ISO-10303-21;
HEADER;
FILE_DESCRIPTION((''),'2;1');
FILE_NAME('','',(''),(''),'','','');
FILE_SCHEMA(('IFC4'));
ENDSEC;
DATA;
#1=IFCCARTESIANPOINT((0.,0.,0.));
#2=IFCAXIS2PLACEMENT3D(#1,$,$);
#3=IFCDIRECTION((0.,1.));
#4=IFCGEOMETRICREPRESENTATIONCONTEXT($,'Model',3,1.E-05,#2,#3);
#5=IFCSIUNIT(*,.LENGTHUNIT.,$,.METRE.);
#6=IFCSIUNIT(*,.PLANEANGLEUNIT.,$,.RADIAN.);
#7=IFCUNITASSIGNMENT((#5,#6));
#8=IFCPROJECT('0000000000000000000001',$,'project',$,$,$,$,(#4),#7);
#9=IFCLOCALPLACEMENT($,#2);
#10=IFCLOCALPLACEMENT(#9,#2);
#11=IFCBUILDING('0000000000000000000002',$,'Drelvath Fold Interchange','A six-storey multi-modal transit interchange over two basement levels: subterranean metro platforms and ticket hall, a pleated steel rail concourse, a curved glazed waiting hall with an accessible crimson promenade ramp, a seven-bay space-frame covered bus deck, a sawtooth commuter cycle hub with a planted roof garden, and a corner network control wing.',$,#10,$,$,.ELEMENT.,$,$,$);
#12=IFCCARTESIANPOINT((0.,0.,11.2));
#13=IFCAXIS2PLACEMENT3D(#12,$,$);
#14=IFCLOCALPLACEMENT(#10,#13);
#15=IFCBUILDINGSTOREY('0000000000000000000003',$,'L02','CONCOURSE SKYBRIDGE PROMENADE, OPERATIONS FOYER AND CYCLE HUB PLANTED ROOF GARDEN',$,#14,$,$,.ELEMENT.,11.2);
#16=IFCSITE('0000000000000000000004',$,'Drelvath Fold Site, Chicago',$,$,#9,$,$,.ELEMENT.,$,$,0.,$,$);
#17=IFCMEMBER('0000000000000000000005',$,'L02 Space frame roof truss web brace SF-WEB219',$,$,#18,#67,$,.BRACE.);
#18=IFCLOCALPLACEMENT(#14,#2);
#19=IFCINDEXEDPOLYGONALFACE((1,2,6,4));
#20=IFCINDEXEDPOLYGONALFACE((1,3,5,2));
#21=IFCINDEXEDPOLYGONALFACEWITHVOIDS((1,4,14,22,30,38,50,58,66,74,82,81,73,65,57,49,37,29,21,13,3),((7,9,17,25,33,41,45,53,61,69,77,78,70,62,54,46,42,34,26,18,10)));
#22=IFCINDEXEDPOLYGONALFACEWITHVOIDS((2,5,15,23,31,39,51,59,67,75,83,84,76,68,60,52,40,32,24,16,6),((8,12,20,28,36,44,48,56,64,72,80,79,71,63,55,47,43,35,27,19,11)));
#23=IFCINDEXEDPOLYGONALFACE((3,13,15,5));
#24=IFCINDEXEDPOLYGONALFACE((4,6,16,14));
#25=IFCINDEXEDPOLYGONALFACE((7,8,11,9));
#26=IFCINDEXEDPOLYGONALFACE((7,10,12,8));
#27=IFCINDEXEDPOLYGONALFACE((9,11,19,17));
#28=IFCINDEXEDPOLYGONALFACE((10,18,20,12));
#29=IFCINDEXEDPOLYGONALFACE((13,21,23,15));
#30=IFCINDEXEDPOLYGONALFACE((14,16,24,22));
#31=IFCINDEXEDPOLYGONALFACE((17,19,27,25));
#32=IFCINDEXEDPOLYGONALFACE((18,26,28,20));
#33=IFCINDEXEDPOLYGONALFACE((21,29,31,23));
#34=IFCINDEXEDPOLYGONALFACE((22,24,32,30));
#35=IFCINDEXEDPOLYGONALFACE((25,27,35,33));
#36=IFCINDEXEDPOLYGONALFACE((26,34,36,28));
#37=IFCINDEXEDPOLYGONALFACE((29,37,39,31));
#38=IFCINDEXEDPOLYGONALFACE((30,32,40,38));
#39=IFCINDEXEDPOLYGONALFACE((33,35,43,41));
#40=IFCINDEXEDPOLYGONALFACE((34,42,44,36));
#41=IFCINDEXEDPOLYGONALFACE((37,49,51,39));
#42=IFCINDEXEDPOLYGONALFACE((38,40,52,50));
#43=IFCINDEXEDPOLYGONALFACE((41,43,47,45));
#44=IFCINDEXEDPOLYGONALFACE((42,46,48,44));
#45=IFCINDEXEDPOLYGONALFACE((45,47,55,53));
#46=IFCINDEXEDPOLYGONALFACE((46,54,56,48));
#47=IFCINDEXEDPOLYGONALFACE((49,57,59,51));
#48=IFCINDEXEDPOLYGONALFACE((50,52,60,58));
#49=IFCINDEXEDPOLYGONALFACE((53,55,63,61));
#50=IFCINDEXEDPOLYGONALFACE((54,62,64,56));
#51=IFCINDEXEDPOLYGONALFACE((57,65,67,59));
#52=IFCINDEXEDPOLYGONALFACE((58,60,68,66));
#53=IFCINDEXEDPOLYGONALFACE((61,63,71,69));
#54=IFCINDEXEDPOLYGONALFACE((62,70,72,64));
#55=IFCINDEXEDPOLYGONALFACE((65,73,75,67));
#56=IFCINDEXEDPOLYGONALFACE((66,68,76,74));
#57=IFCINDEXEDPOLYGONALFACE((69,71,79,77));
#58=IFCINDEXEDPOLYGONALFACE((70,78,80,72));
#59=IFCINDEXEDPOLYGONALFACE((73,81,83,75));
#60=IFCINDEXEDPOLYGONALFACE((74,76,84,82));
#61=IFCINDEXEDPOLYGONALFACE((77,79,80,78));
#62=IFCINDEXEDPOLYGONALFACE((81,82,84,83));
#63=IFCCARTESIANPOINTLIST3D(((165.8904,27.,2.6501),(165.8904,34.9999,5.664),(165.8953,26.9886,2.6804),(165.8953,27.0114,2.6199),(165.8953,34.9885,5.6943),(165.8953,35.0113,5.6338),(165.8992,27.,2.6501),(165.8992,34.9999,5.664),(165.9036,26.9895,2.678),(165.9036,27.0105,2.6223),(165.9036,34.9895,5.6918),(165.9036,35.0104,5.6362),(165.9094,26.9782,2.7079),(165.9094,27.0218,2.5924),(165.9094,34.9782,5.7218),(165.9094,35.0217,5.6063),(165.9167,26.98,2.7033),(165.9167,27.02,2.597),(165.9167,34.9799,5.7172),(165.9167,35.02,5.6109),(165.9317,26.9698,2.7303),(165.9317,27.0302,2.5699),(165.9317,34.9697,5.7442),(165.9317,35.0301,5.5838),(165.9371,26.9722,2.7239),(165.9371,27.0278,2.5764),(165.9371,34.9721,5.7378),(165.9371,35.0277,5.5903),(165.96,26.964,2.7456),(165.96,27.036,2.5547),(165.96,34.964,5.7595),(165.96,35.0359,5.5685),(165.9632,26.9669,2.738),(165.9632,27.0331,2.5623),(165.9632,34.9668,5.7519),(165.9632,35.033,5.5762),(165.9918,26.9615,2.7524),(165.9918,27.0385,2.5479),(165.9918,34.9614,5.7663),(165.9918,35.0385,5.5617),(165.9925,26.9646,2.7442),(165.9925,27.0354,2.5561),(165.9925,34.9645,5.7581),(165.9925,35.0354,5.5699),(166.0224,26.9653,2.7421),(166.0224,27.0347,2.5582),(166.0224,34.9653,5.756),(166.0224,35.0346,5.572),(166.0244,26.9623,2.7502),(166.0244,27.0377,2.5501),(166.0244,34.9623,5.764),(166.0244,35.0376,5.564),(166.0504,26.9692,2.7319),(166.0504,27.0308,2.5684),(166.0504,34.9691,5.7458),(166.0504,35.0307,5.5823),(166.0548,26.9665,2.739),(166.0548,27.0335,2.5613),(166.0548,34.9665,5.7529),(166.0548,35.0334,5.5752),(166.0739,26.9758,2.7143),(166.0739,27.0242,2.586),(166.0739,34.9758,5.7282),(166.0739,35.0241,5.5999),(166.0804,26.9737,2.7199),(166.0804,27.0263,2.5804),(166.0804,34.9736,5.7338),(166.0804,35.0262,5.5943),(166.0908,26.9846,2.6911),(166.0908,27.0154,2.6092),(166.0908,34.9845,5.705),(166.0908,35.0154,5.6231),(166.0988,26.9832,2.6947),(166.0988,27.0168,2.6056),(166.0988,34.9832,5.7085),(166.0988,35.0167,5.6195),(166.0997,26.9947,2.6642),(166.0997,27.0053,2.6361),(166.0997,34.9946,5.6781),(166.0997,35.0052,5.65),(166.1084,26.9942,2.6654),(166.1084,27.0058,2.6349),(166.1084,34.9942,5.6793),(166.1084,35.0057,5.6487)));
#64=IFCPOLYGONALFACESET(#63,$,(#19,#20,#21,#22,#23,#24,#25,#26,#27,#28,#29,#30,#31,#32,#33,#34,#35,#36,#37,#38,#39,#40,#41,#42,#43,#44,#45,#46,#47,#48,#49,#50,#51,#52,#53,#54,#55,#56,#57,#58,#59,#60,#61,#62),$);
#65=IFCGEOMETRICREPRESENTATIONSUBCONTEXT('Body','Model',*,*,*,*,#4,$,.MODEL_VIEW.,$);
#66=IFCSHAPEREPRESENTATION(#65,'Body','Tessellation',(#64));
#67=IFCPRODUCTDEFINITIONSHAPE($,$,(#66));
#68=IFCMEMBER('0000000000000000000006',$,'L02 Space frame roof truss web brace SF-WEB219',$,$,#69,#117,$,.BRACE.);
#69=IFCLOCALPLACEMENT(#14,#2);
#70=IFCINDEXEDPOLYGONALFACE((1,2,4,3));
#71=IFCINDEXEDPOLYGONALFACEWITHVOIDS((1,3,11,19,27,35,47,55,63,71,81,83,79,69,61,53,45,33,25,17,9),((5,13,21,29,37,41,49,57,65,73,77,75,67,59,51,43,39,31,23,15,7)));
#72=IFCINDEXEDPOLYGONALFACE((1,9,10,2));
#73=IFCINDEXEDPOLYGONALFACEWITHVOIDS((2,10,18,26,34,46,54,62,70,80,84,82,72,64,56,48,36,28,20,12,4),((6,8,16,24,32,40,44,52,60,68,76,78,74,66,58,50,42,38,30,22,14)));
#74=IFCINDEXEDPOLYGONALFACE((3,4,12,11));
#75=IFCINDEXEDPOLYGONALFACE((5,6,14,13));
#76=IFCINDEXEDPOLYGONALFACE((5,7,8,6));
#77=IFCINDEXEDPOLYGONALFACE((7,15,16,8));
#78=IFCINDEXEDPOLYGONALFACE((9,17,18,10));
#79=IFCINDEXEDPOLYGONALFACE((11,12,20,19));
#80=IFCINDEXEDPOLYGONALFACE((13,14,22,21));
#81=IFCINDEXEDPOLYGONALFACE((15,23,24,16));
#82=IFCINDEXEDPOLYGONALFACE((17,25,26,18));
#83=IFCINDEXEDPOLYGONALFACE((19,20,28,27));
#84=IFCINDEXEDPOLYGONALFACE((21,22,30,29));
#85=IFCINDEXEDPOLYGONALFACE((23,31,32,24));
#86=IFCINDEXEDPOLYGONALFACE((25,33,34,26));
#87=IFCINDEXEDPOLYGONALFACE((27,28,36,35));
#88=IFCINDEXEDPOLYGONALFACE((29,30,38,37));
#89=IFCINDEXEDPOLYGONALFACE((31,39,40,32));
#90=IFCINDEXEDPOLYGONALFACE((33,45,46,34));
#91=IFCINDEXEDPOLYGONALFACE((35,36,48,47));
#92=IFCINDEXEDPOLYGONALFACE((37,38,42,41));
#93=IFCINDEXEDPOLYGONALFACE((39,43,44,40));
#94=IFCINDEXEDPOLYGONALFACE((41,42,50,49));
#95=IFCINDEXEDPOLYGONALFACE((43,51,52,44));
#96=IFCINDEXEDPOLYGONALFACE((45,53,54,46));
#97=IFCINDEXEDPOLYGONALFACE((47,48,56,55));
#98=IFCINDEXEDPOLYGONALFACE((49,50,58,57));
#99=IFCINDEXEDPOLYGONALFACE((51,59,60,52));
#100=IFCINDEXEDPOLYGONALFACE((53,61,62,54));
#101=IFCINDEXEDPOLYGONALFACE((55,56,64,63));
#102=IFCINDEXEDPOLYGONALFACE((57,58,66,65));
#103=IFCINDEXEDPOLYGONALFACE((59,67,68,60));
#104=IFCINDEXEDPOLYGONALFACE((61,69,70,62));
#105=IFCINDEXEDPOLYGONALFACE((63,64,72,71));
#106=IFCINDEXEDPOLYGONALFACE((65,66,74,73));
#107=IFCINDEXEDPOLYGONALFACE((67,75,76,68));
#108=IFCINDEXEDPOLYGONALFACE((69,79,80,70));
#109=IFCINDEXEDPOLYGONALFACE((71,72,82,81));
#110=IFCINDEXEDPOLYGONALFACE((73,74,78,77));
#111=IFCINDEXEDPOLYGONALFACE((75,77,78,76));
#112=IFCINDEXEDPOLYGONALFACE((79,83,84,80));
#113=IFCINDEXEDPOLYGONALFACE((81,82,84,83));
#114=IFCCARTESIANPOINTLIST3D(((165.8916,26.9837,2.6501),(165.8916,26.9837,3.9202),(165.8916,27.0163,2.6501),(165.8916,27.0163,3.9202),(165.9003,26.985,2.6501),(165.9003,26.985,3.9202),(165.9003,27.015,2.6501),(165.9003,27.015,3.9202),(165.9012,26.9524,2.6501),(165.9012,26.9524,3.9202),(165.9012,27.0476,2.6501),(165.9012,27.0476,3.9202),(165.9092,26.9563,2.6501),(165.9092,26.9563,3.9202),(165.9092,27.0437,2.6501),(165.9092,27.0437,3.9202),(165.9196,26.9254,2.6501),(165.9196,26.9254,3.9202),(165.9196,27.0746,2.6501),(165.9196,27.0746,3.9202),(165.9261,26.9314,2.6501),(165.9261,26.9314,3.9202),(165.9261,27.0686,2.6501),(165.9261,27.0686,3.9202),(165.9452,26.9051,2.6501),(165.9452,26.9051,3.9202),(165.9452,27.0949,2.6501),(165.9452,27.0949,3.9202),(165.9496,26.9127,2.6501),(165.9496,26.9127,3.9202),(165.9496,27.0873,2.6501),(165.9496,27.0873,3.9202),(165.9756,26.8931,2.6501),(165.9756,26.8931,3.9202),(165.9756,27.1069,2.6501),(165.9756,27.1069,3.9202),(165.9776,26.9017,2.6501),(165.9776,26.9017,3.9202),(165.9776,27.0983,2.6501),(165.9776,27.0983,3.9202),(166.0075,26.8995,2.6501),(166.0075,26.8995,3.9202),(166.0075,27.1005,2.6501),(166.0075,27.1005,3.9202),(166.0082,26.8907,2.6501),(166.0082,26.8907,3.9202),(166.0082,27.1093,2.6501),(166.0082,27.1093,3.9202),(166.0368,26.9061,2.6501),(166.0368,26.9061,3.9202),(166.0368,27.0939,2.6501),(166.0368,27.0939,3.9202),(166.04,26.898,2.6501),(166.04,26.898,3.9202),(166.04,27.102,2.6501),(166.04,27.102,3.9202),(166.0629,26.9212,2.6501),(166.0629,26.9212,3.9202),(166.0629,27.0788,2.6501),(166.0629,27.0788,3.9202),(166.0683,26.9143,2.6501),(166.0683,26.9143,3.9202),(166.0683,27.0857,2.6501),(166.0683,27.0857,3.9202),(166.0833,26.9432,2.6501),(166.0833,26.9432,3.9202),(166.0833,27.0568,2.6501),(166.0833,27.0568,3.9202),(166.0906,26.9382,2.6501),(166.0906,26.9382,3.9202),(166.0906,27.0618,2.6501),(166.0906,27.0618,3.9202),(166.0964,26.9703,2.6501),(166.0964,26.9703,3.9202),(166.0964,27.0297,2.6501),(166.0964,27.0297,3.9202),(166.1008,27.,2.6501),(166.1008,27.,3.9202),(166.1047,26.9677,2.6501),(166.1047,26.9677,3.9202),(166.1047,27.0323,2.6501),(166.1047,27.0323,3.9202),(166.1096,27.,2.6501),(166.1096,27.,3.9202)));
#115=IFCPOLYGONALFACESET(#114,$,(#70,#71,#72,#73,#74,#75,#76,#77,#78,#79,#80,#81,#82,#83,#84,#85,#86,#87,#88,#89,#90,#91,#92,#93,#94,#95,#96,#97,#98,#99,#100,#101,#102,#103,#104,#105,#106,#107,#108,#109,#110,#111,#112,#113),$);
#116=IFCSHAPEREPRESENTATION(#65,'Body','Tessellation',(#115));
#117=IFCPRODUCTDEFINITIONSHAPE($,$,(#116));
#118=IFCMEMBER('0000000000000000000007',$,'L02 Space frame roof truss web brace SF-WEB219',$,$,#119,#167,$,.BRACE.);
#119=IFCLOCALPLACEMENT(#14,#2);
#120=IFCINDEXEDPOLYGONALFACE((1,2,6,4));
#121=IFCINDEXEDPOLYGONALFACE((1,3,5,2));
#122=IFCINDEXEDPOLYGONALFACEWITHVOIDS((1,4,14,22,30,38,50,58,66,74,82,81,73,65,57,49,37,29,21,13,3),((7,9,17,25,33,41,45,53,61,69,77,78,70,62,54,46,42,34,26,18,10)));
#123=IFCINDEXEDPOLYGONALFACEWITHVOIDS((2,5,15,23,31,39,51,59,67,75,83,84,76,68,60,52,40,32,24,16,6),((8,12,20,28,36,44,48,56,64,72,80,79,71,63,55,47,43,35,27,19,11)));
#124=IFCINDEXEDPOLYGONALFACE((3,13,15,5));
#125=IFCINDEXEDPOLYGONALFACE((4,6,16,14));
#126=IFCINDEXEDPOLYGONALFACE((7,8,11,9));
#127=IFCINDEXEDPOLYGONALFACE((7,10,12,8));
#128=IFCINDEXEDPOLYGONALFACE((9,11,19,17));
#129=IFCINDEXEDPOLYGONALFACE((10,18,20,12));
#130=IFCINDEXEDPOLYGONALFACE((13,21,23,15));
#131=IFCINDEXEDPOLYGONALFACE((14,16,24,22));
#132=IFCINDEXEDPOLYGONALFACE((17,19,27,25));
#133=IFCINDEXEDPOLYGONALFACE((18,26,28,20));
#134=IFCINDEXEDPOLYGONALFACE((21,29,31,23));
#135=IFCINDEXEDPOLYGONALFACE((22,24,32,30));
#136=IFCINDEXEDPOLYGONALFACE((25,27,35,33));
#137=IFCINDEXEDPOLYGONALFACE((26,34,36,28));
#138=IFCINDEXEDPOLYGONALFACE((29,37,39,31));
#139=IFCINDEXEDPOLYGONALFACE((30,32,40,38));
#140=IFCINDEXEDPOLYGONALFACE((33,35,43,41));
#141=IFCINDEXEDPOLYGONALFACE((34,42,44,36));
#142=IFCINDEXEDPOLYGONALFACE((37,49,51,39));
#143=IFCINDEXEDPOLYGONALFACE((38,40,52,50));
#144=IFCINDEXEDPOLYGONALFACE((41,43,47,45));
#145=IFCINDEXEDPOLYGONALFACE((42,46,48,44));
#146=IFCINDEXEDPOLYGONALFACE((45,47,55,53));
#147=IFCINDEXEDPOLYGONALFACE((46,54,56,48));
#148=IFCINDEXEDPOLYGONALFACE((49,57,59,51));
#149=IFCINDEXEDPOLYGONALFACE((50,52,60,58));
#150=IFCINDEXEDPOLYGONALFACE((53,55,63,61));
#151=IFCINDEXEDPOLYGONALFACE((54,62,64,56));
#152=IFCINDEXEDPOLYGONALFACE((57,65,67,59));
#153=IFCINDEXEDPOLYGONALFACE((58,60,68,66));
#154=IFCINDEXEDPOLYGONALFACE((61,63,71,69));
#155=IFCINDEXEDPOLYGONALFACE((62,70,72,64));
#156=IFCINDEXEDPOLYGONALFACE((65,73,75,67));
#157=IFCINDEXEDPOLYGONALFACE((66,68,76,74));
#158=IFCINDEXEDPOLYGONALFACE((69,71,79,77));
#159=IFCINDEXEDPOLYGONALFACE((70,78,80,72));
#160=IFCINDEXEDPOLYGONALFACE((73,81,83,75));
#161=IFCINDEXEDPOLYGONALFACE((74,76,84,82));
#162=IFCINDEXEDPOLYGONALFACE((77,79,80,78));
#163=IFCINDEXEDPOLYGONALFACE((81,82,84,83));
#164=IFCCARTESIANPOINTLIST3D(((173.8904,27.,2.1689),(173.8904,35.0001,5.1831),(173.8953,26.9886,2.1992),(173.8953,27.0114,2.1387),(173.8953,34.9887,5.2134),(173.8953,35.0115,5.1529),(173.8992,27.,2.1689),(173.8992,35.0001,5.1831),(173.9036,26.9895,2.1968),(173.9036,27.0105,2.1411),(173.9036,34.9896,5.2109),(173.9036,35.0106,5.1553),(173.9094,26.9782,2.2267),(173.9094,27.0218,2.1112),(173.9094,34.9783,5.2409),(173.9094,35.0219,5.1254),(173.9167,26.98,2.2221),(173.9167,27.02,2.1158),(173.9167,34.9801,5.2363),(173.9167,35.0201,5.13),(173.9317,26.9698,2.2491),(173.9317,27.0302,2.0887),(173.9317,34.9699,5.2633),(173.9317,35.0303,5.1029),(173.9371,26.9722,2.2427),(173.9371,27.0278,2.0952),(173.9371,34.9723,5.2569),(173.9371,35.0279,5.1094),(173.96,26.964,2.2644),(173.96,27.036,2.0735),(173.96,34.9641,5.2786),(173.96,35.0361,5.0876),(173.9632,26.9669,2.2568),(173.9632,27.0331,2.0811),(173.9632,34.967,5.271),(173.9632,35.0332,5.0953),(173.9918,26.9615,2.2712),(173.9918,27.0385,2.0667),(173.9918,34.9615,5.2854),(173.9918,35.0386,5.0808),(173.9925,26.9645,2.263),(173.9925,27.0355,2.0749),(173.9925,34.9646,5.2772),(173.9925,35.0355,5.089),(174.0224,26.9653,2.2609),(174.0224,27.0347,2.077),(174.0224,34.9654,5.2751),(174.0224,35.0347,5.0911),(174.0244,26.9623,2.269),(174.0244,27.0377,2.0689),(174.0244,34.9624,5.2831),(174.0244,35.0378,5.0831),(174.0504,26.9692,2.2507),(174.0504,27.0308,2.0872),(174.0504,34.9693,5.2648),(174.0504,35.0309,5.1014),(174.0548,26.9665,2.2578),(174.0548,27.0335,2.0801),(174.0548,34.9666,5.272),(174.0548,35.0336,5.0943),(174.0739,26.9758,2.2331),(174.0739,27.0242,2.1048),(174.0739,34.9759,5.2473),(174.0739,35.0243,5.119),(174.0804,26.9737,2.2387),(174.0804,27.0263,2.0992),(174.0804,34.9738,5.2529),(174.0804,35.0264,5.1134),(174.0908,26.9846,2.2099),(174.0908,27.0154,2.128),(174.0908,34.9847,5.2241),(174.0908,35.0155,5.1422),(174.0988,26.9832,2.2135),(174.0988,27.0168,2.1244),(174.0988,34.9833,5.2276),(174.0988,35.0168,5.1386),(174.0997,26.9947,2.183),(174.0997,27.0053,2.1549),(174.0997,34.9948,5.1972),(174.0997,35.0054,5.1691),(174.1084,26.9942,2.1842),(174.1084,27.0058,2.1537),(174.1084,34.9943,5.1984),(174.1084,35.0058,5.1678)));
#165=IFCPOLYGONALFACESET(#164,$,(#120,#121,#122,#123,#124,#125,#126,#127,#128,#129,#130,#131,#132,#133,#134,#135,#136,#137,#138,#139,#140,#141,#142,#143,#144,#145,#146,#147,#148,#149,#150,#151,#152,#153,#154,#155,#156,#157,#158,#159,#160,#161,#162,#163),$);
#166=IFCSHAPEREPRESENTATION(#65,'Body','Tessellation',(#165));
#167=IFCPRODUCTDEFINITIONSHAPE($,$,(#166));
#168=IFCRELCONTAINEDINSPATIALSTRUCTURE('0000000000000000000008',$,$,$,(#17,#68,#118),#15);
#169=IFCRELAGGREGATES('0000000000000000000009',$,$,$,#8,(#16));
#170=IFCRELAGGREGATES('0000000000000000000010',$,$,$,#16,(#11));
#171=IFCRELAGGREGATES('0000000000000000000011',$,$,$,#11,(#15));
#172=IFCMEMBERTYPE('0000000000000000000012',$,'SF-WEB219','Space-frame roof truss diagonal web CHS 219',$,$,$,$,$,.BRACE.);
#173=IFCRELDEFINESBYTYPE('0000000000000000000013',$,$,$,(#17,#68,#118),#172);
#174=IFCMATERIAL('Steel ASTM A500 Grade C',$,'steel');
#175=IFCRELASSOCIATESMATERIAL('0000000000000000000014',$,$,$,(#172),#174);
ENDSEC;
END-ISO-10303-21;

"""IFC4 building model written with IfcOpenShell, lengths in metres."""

from ifc_helpers import new_model, si_unit, direction, frame, origin, origin_2d, place, context, subcontext, project, spatial, hollow_circle, extrude, material, material_profile, profile_set, type_object, element, save


model = new_model("IFC4")

# Units and contexts
model_context = context("Model", 3, precision=1e-05, world=origin(), true_north=direction((0.0, 1.0)))
body_context = subcontext(model_context, "Body", "Model", "MODEL_VIEW")
ifc_project = project(units=[si_unit("LENGTHUNIT", "METRE"), si_unit("PLANEANGLEUNIT", "RADIAN")], contexts=[model_context])

# Site, building, storey
site_placement = place(None, origin())
site = spatial("IfcSite", under=ifc_project, at=site_placement, Name="Drelvath Fold Site, Chicago", CompositionType="ELEMENT", RefElevation=0.0)
building_placement = place(site_placement, origin())
building = spatial("IfcBuilding", under=site, at=building_placement, Name="Drelvath Fold Interchange", Description="A six-storey multi-modal transit interchange over two basement levels: subterranean metro platforms and ticket hall, a pleated steel rail concourse, a curved glazed waiting hall with an accessible crimson promenade ramp, a seven-bay space-frame covered bus deck, a sawtooth commuter cycle hub with a planted roof garden, and a corner network control wing.", CompositionType="ELEMENT")
storey_placement = place(building_placement, frame((0.0, 0.0, 11.2)))
storey = spatial("IfcBuildingStorey", under=building, at=storey_placement, Name="L02", Description="CONCOURSE SKYBRIDGE PROMENADE, OPERATIONS FOYER AND CYCLE HUB PLANTED ROOF GARDEN", CompositionType="ELEMENT", Elevation=11.2)

# Shared definitions
ifc_material_1 = material(Name="Steel ASTM A500 Grade C", Category="steel")

# Members
ifc_material_profile_1 = material_profile(ifc_material_1, hollow_circle(Radius=0.1096, WallThickness=0.0088, at=origin_2d()), Name="HSS8.625X0.375")
ifc_profile_set_1 = profile_set([ifc_material_profile_1], Name="Steel ASTM A500 Grade C")
member_type_1 = type_object("IfcMemberType", Name="SF-WEB219", Description="Space-frame roof truss diagonal web CHS 219", PredefinedType="BRACE", material=ifc_profile_set_1)
member_1_placement = place(storey_placement, frame((166.0, 27.0, 2.6501), z_axis=(0.0, 0.935793, 0.35255), x_axis=(-1.0, 0.0, 0.0)))
element("IfcMember", 1, at=member_1_placement, inside=storey, type_object=member_type_1, Name="L02 Space frame roof truss web brace SF-WEB219", PredefinedType="BRACE", context=body_context, shape_type="SweptSolid", body=[
    extrude(hollow_circle(Radius=0.1096, WallThickness=0.0088, at=origin_2d()), origin(), (0.0, 0.0, 1.0), 8.5488),
])
member_2_placement = place(storey_placement, frame((166.0, 27.0, 2.6501), z_axis=(0.0, 0.0, 1.0), x_axis=(1.0, 0.0, 0.0)))
element("IfcMember", 2, at=member_2_placement, inside=storey, type_object=member_type_1, Name="L02 Space frame roof truss web brace SF-WEB219", PredefinedType="BRACE", context=body_context, shape_type="SweptSolid", body=[
    extrude(hollow_circle(Radius=0.1096, WallThickness=0.0088, at=origin_2d()), origin(), (0.0, 0.0, 1.0), 1.27),
])
member_3_placement = place(storey_placement, frame((174.0, 27.0, 2.1689), z_axis=(0.0, 0.935783, 0.352575), x_axis=(-1.0, 0.0, 0.0)))
element("IfcMember", 3, at=member_3_placement, inside=storey, type_object=member_type_1, Name="L02 Space frame roof truss web brace SF-WEB219", PredefinedType="BRACE", context=body_context, shape_type="SweptSolid", body=[
    extrude(hollow_circle(Radius=0.1096, WallThickness=0.0088, at=origin_2d()), origin(), (0.0, 0.0, 1.0), 8.5491),
])

save(model, "model.ifc")
